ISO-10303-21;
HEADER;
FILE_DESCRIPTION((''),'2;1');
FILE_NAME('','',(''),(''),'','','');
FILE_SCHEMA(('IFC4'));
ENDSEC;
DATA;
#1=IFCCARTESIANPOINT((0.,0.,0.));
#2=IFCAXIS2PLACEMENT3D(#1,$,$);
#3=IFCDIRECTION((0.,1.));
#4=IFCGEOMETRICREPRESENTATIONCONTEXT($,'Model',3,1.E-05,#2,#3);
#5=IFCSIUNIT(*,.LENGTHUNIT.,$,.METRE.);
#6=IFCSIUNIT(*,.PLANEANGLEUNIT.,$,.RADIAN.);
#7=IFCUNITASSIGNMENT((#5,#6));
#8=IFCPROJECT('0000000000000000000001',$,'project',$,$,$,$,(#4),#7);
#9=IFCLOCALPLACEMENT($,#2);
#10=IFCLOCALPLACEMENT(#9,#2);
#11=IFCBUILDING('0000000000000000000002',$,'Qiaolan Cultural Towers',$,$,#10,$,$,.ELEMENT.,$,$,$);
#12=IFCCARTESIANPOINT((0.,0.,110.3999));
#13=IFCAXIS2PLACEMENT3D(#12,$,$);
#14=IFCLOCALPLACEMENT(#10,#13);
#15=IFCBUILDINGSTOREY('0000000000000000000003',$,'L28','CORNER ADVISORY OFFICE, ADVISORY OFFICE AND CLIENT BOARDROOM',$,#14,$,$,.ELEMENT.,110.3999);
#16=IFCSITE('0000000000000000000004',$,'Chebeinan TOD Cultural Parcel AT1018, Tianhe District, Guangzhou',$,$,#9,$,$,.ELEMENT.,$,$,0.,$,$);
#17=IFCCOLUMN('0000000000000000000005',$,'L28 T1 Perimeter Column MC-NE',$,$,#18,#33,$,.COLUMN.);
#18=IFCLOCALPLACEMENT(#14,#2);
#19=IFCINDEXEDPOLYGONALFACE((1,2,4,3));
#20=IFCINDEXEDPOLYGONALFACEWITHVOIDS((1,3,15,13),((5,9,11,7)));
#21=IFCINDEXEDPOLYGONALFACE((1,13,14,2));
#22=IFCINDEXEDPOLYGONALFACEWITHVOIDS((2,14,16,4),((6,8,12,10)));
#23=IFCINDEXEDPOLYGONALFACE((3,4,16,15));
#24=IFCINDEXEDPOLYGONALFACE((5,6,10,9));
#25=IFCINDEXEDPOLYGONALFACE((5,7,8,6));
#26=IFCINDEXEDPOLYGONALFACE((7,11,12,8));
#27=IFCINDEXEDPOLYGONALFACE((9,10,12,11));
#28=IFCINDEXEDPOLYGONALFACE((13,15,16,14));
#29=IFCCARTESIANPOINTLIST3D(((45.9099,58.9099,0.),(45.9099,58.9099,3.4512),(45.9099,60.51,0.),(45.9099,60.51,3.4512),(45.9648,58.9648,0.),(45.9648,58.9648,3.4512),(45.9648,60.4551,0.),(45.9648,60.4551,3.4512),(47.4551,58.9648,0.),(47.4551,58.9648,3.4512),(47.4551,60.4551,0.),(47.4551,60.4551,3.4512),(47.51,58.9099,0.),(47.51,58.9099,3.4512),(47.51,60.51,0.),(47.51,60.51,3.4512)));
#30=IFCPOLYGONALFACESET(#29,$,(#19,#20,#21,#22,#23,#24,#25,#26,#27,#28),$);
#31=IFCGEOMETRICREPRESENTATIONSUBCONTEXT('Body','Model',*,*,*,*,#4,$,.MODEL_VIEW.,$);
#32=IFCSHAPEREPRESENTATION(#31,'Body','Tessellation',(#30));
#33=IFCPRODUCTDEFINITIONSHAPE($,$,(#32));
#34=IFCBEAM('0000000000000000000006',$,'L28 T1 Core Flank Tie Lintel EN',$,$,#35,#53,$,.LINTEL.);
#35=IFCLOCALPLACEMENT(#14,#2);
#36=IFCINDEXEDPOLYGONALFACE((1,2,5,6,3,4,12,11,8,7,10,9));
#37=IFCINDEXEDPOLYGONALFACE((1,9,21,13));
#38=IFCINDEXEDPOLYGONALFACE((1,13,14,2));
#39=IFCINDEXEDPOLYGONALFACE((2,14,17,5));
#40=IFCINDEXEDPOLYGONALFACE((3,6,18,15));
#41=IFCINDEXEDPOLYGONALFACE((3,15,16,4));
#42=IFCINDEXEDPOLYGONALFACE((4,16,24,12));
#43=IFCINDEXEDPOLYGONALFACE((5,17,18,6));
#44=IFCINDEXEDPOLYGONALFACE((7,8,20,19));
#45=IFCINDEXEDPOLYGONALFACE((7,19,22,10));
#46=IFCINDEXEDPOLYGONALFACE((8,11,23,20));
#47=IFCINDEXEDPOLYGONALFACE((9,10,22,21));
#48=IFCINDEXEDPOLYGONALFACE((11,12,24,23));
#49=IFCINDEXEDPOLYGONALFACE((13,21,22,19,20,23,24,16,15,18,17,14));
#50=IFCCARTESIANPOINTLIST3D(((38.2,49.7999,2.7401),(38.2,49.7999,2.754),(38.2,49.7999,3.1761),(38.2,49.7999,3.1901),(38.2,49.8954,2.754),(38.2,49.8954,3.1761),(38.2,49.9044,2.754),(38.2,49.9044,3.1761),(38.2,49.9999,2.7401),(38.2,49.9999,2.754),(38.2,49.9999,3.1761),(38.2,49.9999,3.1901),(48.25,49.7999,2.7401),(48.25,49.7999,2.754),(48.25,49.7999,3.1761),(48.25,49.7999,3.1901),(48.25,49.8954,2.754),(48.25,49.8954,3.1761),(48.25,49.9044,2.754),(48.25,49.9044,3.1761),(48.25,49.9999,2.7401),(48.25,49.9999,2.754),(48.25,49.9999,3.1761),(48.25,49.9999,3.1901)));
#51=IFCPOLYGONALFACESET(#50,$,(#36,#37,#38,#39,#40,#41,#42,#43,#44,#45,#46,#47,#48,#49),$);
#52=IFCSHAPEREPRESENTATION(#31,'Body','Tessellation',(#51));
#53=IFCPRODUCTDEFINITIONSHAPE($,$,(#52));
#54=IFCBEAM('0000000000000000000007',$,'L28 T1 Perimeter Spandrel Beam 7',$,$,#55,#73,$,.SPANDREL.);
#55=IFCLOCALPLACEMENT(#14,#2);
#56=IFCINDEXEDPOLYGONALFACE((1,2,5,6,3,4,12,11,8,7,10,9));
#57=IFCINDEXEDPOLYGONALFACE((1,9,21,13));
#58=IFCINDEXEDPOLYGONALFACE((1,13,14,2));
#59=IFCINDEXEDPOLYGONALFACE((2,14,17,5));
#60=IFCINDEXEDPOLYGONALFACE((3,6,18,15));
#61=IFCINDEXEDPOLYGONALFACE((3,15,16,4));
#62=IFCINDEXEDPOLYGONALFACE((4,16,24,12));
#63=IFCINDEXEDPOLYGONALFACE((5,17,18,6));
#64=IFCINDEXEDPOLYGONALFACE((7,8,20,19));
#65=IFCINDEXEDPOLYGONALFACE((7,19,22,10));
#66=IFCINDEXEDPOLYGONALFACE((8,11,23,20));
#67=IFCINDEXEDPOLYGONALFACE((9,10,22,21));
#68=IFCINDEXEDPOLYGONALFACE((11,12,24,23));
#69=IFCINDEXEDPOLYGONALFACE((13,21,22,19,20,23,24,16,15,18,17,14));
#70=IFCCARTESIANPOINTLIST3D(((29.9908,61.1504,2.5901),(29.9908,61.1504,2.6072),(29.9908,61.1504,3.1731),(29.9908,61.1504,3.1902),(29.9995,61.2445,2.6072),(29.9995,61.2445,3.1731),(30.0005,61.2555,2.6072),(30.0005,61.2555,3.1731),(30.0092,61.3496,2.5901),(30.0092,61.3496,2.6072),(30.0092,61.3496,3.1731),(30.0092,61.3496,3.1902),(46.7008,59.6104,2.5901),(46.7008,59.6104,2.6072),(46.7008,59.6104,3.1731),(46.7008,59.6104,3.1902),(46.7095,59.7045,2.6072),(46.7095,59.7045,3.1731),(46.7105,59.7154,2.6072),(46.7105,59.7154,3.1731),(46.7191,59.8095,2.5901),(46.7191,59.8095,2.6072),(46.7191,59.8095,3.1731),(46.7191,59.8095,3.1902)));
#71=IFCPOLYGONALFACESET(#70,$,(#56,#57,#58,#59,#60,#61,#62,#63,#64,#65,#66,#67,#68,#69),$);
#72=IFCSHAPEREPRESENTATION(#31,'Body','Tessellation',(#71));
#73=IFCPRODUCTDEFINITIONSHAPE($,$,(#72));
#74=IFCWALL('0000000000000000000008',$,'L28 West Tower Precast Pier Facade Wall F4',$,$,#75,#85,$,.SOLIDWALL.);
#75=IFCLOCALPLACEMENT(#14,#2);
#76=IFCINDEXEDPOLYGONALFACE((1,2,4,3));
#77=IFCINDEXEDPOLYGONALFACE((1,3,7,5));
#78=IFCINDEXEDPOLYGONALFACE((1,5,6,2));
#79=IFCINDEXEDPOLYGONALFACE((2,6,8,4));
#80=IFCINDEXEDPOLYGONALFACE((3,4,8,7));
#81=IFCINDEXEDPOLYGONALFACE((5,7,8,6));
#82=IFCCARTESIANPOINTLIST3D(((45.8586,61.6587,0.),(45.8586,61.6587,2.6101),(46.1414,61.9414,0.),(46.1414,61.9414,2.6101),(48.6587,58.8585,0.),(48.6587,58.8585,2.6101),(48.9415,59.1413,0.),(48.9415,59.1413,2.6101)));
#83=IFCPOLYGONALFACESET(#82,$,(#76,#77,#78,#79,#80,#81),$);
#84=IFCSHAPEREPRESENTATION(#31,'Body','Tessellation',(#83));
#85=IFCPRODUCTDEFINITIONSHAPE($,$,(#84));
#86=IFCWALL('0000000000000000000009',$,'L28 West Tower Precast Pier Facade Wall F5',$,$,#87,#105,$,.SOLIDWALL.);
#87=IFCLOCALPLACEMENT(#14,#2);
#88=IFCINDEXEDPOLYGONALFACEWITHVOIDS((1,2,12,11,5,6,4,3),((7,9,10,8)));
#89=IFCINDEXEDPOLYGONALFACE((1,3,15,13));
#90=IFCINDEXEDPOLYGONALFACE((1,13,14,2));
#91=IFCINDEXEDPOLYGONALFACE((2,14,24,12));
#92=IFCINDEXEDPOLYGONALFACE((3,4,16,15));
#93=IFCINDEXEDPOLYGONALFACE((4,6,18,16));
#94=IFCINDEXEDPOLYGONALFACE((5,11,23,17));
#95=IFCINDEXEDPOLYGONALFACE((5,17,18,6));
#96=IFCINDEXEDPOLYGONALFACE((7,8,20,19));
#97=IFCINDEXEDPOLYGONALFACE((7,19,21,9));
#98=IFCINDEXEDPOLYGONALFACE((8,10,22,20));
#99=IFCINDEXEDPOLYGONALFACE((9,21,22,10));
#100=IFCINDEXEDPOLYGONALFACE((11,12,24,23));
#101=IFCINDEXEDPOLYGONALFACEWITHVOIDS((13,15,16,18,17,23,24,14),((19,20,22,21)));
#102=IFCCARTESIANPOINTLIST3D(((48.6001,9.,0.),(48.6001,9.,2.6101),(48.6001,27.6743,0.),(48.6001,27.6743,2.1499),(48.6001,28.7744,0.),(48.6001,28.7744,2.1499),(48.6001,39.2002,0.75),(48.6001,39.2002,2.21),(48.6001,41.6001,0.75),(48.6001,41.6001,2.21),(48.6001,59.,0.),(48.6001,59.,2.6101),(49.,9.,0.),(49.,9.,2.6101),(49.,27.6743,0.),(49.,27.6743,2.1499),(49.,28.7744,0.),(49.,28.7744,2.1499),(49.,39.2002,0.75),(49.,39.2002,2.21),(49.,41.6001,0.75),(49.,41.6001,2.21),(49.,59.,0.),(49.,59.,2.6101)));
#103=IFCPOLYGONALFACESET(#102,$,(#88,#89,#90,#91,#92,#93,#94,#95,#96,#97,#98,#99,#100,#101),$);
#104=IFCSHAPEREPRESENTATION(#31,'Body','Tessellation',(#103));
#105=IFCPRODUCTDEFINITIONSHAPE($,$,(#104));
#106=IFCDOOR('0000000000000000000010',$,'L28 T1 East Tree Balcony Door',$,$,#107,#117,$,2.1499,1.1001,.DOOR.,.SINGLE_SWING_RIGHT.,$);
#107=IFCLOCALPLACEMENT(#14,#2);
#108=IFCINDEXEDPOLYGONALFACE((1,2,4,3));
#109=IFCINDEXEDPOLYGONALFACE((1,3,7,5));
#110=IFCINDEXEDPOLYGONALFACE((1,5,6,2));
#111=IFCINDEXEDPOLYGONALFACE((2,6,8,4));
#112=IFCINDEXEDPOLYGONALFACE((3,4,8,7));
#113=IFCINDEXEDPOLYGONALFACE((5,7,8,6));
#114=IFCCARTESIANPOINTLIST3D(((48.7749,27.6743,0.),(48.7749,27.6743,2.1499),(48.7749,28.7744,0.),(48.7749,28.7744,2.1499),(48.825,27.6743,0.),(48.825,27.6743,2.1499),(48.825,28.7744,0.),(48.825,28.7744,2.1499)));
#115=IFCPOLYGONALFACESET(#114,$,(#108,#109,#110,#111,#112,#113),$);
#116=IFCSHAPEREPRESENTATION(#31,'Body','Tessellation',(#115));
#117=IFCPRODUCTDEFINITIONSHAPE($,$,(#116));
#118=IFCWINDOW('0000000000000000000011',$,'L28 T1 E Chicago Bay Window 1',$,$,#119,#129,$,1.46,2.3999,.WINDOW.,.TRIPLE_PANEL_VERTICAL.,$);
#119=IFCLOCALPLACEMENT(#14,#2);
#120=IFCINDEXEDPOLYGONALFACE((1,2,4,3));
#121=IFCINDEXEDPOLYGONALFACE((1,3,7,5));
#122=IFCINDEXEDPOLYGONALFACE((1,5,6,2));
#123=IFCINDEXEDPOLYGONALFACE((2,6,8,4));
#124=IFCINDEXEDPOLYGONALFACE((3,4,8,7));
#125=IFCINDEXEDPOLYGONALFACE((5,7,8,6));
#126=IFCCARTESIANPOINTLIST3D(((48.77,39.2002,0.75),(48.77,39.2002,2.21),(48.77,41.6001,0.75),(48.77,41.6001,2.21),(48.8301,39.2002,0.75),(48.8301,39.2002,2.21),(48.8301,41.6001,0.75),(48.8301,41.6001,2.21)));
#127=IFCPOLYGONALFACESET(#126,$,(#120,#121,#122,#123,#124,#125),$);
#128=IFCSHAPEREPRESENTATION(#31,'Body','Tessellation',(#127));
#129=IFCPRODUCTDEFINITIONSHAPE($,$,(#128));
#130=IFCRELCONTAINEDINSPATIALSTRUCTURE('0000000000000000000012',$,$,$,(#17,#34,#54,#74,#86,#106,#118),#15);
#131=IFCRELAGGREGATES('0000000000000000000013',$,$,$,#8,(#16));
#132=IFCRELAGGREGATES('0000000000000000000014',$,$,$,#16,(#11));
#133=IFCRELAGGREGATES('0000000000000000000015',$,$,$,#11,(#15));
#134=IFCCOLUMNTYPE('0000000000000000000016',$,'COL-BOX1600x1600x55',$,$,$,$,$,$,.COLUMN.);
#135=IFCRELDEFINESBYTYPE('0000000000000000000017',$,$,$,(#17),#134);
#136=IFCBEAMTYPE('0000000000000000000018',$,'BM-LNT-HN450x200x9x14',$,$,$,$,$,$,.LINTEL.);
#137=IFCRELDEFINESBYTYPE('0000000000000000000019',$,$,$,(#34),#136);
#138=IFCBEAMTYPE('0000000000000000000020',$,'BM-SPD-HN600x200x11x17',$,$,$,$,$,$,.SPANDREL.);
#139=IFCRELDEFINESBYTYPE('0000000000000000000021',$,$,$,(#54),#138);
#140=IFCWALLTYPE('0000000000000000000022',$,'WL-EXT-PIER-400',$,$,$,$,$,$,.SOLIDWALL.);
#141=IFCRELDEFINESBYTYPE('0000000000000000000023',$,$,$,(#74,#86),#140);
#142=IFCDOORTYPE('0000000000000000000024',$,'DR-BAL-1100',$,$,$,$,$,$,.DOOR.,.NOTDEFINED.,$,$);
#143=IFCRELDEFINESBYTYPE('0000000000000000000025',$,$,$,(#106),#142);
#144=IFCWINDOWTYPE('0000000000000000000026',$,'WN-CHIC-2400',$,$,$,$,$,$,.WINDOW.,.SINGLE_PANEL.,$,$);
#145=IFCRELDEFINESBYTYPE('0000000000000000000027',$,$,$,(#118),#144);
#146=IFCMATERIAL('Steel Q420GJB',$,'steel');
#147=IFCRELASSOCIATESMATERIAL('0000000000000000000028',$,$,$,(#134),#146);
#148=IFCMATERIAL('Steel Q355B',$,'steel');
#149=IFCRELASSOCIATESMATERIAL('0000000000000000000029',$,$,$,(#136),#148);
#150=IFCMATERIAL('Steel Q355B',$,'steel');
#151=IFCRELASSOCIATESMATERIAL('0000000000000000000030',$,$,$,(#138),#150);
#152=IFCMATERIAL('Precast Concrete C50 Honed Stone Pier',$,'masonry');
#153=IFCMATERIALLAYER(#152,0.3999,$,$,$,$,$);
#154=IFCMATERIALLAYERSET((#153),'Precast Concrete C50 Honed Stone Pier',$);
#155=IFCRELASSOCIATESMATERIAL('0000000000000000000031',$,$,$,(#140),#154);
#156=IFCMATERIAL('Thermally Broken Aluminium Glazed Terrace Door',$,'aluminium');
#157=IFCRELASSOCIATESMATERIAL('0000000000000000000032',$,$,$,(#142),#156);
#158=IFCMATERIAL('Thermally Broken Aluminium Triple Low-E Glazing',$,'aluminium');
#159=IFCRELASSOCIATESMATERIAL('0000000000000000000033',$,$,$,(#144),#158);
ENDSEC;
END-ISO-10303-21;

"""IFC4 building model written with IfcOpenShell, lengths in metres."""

from ifc_helpers import new_model, si_unit, direction, frame, frame_2d, origin, origin_2d, place, context, subcontext, project, spatial, rectangle, hollow_rectangle, i_section, extrude, material, layer, layer_set, material_profile, profile_set, type_object, element, fill, save


model = new_model("IFC4")

# Units and contexts
model_context = context("Model", 3, precision=1e-05, world=origin(), true_north=direction((0.0, 1.0)))
body_context = subcontext(model_context, "Body", "Model", "MODEL_VIEW")
ifc_project = project(units=[si_unit("LENGTHUNIT", "METRE"), si_unit("PLANEANGLEUNIT", "RADIAN")], contexts=[model_context])

# Site, building, storey
site_placement = place(None, origin())
site = spatial("IfcSite", under=ifc_project, at=site_placement, Name="Chebeinan TOD Cultural Parcel AT1018, Tianhe District, Guangzhou", CompositionType="ELEMENT", RefElevation=0.0)
building_placement = place(site_placement, origin())
building = spatial("IfcBuilding", under=site, at=building_placement, Name="Qiaolan Cultural Towers", CompositionType="ELEMENT")
storey_placement = place(building_placement, frame((0.0, 0.0, 110.3999)))
storey = spatial("IfcBuildingStorey", under=building, at=storey_placement, Name="L28", Description="CORNER ADVISORY OFFICE, ADVISORY OFFICE AND CLIENT BOARDROOM", CompositionType="ELEMENT", Elevation=110.3999)

# Column
ifc_material_1 = material(Name="Steel Q420GJB", Category="steel")
ifc_material_profile_1 = material_profile(ifc_material_1, hollow_rectangle(XDim=1.6001, YDim=1.6001, WallThickness=0.0549, at=origin_2d()), Name="BOX1600x1600x55")
ifc_profile_set_1 = profile_set([ifc_material_profile_1], Name="Steel Q420GJB")
column_type = type_object("IfcColumnType", Name="COL-BOX1600x1600x55", PredefinedType="COLUMN", material=ifc_profile_set_1)
column_placement = place(storey_placement, frame((46.71, 59.71, 0.0), z_axis=(0.0, 0.0, 1.0), x_axis=(1.0, 0.0, 0.0)))
element("IfcColumn", 1, at=column_placement, inside=storey, type_object=column_type, Name="L28 T1 Perimeter Column MC-NE", PredefinedType="COLUMN", context=body_context, shape_type="SweptSolid", body=[
    extrude(hollow_rectangle(XDim=1.6001, YDim=1.6001, WallThickness=0.0549, at=origin_2d()), origin(), (0.0, 0.0, 1.0), 3.4512),
])

# Beams
ifc_material_2 = material(Name="Steel Q355B", Category="steel")
ifc_material_profile_2 = material_profile(ifc_material_2, i_section(OverallWidth=0.2, OverallDepth=0.45, WebThickness=0.009, FlangeThickness=0.0139, at=origin_2d()), Name="HN450x200x9x14")
ifc_profile_set_2 = profile_set([ifc_material_profile_2], Name="Steel Q355B")
beam_type_1 = type_object("IfcBeamType", Name="BM-LNT-HN450x200x9x14", PredefinedType="LINTEL", material=ifc_profile_set_2)
beam_1_placement = place(storey_placement, frame((38.2, 49.8999, 2.9651), z_axis=(1.0, 0.0, 0.0), x_axis=(0.0, 1.0, 0.0)))
element("IfcBeam", 2, at=beam_1_placement, inside=storey, type_object=beam_type_1, Name="L28 T1 Core Flank Tie Lintel EN", PredefinedType="LINTEL", context=body_context, shape_type="SweptSolid", body=[
    extrude(i_section(OverallWidth=0.2, OverallDepth=0.45, WebThickness=0.009, FlangeThickness=0.0139, at=origin_2d()), origin(), (0.0, 0.0, 1.0), 10.05),
])
ifc_material_3 = material(Name="Steel Q355B", Category="steel")
ifc_material_profile_3 = material_profile(ifc_material_3, i_section(OverallWidth=0.2, OverallDepth=0.6001, WebThickness=0.011, FlangeThickness=0.0171, at=origin_2d()), Name="HN600x200x11x17")
ifc_profile_set_3 = profile_set([ifc_material_profile_3], Name="Steel Q355B")
beam_type_2 = type_object("IfcBeamType", Name="BM-SPD-HN600x200x11x17", PredefinedType="SPANDREL", material=ifc_profile_set_3)
beam_2_placement = place(storey_placement, frame((46.71, 59.71, 2.8901), z_axis=(-0.99578, 0.091774, 0.0), x_axis=(-0.091774, -0.99578, 0.0)))
element("IfcBeam", 3, at=beam_2_placement, inside=storey, type_object=beam_type_2, Name="L28 T1 Perimeter Spandrel Beam 7", PredefinedType="SPANDREL", context=body_context, shape_type="SweptSolid", body=[
    extrude(i_section(OverallWidth=0.2, OverallDepth=0.6001, WebThickness=0.011, FlangeThickness=0.0171, at=origin_2d()), origin(), (0.0, 0.0, 1.0), 16.7808),
])

# Wall
ifc_material_4 = material(Name="Precast Concrete C50 Honed Stone Pier", Category="masonry")
ifc_layer_1 = layer(ifc_material_4, 0.3999)
ifc_layer_set_1 = layer_set([ifc_layer_1], Name="Precast Concrete C50 Honed Stone Pier")
wall_type_1 = type_object("IfcWallType", Name="WL-EXT-PIER-400", PredefinedType="SOLIDWALL", material=ifc_layer_set_1)
wall_1_placement = place(storey_placement, frame((46.0, 61.8, 0.0), z_axis=(0.0, 0.0, 1.0), x_axis=(0.707107, -0.707107, 0.0)))
element("IfcWall", 4, at=wall_1_placement, inside=storey, type_object=wall_type_1, Name="L28 West Tower Precast Pier Facade Wall F4", PredefinedType="SOLIDWALL", context=body_context, shape_type="SweptSolid", body=[
    extrude(rectangle(XDim=3.96, YDim=0.3999, at=frame_2d((1.98, 0.0))), origin(), (0.0, 0.0, 1.0), 2.6101),
])

# Wall, openings, door, window
wall_2_placement = place(storey_placement, frame((48.8, 59.0, 0.0), z_axis=(0.0, 0.0, 1.0), x_axis=(0.0, -1.0, 0.0)))
wall_2 = element("IfcWall", 5, at=wall_2_placement, inside=storey, type_object=wall_type_1, Name="L28 West Tower Precast Pier Facade Wall F5", PredefinedType="SOLIDWALL", context=body_context, shape_type="SweptSolid", body=[
    extrude(rectangle(XDim=50.0, YDim=0.3999, at=frame_2d((25.0, 0.0))), origin(), (0.0, 0.0, 1.0), 2.6101),
])
opening_1_placement = place(wall_2_placement, frame((17.3999, 0.0, 0.75)))
opening_1 = element("IfcOpeningElement", 6, at=opening_1_placement, cuts=wall_2, PredefinedType="OPENING", context=body_context, shape_type="SweptSolid", body=[
    extrude(rectangle(XDim=2.3999, YDim=1.46, at=frame_2d((1.2, 0.73))), frame((0.0, 0.21, 0.0), z_axis=(0.0, -1.0, 0.0), x_axis=(1.0, 0.0, 0.0)), (0.0, 0.0, 1.0), 0.4199),
])
opening_2_placement = place(wall_2_placement, frame((30.2256, 0.0, 0.0)))
opening_2 = element("IfcOpeningElement", 7, at=opening_2_placement, cuts=wall_2, PredefinedType="OPENING", context=body_context, shape_type="SweptSolid", body=[
    extrude(rectangle(XDim=1.1001, YDim=2.1499, at=frame_2d((0.55, 1.075))), frame((0.0, 0.21, 0.0), z_axis=(0.0, -1.0, 0.0), x_axis=(1.0, 0.0, 0.0)), (0.0, 0.0, 1.0), 0.4199),
])
ifc_material_5 = material(Name="Thermally Broken Aluminium Glazed Terrace Door", Category="aluminium")
door_type_1 = type_object("IfcDoorType", Name="DR-BAL-1100", OperationType="NOTDEFINED", PredefinedType="DOOR", material=ifc_material_5)
door_1_placement = place(opening_2_placement, origin())
door_1 = element("IfcDoor", 8, at=door_1_placement, inside=storey, type_object=door_type_1, Name="L28 T1 East Tree Balcony Door", OperationType="SINGLE_SWING_RIGHT", OverallHeight=2.1499, OverallWidth=1.1001, PredefinedType="DOOR", context=body_context, shape_type="SweptSolid", body=[
    extrude(rectangle(XDim=1.1001, YDim=2.1499, at=frame_2d((0.55, 1.075))), frame((0.0, 0.0249, 0.0), z_axis=(0.0, -1.0, 0.0), x_axis=(1.0, 0.0, 0.0)), (0.0, 0.0, 1.0), 0.05),
])
fill(opening_2, door_1)
ifc_material_6 = material(Name="Thermally Broken Aluminium Triple Low-E Glazing", Category="aluminium")
window_type = type_object("IfcWindowType", Name="WN-CHIC-2400", PartitioningType="SINGLE_PANEL", PredefinedType="WINDOW", material=ifc_material_6)
window_placement = place(opening_1_placement, origin())
window = element("IfcWindow", 9, at=window_placement, inside=storey, type_object=window_type, Name="L28 T1 E Chicago Bay Window 1", OverallHeight=1.46, OverallWidth=2.3999, PartitioningType="TRIPLE_PANEL_VERTICAL", PredefinedType="WINDOW", context=body_context, shape_type="SweptSolid", body=[
    extrude(rectangle(XDim=2.3999, YDim=1.46, at=frame_2d((1.2, 0.73))), frame((0.0, 0.03, 0.0), z_axis=(0.0, -1.0, 0.0), x_axis=(1.0, 0.0, 0.0)), (0.0, 0.0, 1.0), 0.0601),
])
fill(opening_1, window)

save(model, "model.ifc")
